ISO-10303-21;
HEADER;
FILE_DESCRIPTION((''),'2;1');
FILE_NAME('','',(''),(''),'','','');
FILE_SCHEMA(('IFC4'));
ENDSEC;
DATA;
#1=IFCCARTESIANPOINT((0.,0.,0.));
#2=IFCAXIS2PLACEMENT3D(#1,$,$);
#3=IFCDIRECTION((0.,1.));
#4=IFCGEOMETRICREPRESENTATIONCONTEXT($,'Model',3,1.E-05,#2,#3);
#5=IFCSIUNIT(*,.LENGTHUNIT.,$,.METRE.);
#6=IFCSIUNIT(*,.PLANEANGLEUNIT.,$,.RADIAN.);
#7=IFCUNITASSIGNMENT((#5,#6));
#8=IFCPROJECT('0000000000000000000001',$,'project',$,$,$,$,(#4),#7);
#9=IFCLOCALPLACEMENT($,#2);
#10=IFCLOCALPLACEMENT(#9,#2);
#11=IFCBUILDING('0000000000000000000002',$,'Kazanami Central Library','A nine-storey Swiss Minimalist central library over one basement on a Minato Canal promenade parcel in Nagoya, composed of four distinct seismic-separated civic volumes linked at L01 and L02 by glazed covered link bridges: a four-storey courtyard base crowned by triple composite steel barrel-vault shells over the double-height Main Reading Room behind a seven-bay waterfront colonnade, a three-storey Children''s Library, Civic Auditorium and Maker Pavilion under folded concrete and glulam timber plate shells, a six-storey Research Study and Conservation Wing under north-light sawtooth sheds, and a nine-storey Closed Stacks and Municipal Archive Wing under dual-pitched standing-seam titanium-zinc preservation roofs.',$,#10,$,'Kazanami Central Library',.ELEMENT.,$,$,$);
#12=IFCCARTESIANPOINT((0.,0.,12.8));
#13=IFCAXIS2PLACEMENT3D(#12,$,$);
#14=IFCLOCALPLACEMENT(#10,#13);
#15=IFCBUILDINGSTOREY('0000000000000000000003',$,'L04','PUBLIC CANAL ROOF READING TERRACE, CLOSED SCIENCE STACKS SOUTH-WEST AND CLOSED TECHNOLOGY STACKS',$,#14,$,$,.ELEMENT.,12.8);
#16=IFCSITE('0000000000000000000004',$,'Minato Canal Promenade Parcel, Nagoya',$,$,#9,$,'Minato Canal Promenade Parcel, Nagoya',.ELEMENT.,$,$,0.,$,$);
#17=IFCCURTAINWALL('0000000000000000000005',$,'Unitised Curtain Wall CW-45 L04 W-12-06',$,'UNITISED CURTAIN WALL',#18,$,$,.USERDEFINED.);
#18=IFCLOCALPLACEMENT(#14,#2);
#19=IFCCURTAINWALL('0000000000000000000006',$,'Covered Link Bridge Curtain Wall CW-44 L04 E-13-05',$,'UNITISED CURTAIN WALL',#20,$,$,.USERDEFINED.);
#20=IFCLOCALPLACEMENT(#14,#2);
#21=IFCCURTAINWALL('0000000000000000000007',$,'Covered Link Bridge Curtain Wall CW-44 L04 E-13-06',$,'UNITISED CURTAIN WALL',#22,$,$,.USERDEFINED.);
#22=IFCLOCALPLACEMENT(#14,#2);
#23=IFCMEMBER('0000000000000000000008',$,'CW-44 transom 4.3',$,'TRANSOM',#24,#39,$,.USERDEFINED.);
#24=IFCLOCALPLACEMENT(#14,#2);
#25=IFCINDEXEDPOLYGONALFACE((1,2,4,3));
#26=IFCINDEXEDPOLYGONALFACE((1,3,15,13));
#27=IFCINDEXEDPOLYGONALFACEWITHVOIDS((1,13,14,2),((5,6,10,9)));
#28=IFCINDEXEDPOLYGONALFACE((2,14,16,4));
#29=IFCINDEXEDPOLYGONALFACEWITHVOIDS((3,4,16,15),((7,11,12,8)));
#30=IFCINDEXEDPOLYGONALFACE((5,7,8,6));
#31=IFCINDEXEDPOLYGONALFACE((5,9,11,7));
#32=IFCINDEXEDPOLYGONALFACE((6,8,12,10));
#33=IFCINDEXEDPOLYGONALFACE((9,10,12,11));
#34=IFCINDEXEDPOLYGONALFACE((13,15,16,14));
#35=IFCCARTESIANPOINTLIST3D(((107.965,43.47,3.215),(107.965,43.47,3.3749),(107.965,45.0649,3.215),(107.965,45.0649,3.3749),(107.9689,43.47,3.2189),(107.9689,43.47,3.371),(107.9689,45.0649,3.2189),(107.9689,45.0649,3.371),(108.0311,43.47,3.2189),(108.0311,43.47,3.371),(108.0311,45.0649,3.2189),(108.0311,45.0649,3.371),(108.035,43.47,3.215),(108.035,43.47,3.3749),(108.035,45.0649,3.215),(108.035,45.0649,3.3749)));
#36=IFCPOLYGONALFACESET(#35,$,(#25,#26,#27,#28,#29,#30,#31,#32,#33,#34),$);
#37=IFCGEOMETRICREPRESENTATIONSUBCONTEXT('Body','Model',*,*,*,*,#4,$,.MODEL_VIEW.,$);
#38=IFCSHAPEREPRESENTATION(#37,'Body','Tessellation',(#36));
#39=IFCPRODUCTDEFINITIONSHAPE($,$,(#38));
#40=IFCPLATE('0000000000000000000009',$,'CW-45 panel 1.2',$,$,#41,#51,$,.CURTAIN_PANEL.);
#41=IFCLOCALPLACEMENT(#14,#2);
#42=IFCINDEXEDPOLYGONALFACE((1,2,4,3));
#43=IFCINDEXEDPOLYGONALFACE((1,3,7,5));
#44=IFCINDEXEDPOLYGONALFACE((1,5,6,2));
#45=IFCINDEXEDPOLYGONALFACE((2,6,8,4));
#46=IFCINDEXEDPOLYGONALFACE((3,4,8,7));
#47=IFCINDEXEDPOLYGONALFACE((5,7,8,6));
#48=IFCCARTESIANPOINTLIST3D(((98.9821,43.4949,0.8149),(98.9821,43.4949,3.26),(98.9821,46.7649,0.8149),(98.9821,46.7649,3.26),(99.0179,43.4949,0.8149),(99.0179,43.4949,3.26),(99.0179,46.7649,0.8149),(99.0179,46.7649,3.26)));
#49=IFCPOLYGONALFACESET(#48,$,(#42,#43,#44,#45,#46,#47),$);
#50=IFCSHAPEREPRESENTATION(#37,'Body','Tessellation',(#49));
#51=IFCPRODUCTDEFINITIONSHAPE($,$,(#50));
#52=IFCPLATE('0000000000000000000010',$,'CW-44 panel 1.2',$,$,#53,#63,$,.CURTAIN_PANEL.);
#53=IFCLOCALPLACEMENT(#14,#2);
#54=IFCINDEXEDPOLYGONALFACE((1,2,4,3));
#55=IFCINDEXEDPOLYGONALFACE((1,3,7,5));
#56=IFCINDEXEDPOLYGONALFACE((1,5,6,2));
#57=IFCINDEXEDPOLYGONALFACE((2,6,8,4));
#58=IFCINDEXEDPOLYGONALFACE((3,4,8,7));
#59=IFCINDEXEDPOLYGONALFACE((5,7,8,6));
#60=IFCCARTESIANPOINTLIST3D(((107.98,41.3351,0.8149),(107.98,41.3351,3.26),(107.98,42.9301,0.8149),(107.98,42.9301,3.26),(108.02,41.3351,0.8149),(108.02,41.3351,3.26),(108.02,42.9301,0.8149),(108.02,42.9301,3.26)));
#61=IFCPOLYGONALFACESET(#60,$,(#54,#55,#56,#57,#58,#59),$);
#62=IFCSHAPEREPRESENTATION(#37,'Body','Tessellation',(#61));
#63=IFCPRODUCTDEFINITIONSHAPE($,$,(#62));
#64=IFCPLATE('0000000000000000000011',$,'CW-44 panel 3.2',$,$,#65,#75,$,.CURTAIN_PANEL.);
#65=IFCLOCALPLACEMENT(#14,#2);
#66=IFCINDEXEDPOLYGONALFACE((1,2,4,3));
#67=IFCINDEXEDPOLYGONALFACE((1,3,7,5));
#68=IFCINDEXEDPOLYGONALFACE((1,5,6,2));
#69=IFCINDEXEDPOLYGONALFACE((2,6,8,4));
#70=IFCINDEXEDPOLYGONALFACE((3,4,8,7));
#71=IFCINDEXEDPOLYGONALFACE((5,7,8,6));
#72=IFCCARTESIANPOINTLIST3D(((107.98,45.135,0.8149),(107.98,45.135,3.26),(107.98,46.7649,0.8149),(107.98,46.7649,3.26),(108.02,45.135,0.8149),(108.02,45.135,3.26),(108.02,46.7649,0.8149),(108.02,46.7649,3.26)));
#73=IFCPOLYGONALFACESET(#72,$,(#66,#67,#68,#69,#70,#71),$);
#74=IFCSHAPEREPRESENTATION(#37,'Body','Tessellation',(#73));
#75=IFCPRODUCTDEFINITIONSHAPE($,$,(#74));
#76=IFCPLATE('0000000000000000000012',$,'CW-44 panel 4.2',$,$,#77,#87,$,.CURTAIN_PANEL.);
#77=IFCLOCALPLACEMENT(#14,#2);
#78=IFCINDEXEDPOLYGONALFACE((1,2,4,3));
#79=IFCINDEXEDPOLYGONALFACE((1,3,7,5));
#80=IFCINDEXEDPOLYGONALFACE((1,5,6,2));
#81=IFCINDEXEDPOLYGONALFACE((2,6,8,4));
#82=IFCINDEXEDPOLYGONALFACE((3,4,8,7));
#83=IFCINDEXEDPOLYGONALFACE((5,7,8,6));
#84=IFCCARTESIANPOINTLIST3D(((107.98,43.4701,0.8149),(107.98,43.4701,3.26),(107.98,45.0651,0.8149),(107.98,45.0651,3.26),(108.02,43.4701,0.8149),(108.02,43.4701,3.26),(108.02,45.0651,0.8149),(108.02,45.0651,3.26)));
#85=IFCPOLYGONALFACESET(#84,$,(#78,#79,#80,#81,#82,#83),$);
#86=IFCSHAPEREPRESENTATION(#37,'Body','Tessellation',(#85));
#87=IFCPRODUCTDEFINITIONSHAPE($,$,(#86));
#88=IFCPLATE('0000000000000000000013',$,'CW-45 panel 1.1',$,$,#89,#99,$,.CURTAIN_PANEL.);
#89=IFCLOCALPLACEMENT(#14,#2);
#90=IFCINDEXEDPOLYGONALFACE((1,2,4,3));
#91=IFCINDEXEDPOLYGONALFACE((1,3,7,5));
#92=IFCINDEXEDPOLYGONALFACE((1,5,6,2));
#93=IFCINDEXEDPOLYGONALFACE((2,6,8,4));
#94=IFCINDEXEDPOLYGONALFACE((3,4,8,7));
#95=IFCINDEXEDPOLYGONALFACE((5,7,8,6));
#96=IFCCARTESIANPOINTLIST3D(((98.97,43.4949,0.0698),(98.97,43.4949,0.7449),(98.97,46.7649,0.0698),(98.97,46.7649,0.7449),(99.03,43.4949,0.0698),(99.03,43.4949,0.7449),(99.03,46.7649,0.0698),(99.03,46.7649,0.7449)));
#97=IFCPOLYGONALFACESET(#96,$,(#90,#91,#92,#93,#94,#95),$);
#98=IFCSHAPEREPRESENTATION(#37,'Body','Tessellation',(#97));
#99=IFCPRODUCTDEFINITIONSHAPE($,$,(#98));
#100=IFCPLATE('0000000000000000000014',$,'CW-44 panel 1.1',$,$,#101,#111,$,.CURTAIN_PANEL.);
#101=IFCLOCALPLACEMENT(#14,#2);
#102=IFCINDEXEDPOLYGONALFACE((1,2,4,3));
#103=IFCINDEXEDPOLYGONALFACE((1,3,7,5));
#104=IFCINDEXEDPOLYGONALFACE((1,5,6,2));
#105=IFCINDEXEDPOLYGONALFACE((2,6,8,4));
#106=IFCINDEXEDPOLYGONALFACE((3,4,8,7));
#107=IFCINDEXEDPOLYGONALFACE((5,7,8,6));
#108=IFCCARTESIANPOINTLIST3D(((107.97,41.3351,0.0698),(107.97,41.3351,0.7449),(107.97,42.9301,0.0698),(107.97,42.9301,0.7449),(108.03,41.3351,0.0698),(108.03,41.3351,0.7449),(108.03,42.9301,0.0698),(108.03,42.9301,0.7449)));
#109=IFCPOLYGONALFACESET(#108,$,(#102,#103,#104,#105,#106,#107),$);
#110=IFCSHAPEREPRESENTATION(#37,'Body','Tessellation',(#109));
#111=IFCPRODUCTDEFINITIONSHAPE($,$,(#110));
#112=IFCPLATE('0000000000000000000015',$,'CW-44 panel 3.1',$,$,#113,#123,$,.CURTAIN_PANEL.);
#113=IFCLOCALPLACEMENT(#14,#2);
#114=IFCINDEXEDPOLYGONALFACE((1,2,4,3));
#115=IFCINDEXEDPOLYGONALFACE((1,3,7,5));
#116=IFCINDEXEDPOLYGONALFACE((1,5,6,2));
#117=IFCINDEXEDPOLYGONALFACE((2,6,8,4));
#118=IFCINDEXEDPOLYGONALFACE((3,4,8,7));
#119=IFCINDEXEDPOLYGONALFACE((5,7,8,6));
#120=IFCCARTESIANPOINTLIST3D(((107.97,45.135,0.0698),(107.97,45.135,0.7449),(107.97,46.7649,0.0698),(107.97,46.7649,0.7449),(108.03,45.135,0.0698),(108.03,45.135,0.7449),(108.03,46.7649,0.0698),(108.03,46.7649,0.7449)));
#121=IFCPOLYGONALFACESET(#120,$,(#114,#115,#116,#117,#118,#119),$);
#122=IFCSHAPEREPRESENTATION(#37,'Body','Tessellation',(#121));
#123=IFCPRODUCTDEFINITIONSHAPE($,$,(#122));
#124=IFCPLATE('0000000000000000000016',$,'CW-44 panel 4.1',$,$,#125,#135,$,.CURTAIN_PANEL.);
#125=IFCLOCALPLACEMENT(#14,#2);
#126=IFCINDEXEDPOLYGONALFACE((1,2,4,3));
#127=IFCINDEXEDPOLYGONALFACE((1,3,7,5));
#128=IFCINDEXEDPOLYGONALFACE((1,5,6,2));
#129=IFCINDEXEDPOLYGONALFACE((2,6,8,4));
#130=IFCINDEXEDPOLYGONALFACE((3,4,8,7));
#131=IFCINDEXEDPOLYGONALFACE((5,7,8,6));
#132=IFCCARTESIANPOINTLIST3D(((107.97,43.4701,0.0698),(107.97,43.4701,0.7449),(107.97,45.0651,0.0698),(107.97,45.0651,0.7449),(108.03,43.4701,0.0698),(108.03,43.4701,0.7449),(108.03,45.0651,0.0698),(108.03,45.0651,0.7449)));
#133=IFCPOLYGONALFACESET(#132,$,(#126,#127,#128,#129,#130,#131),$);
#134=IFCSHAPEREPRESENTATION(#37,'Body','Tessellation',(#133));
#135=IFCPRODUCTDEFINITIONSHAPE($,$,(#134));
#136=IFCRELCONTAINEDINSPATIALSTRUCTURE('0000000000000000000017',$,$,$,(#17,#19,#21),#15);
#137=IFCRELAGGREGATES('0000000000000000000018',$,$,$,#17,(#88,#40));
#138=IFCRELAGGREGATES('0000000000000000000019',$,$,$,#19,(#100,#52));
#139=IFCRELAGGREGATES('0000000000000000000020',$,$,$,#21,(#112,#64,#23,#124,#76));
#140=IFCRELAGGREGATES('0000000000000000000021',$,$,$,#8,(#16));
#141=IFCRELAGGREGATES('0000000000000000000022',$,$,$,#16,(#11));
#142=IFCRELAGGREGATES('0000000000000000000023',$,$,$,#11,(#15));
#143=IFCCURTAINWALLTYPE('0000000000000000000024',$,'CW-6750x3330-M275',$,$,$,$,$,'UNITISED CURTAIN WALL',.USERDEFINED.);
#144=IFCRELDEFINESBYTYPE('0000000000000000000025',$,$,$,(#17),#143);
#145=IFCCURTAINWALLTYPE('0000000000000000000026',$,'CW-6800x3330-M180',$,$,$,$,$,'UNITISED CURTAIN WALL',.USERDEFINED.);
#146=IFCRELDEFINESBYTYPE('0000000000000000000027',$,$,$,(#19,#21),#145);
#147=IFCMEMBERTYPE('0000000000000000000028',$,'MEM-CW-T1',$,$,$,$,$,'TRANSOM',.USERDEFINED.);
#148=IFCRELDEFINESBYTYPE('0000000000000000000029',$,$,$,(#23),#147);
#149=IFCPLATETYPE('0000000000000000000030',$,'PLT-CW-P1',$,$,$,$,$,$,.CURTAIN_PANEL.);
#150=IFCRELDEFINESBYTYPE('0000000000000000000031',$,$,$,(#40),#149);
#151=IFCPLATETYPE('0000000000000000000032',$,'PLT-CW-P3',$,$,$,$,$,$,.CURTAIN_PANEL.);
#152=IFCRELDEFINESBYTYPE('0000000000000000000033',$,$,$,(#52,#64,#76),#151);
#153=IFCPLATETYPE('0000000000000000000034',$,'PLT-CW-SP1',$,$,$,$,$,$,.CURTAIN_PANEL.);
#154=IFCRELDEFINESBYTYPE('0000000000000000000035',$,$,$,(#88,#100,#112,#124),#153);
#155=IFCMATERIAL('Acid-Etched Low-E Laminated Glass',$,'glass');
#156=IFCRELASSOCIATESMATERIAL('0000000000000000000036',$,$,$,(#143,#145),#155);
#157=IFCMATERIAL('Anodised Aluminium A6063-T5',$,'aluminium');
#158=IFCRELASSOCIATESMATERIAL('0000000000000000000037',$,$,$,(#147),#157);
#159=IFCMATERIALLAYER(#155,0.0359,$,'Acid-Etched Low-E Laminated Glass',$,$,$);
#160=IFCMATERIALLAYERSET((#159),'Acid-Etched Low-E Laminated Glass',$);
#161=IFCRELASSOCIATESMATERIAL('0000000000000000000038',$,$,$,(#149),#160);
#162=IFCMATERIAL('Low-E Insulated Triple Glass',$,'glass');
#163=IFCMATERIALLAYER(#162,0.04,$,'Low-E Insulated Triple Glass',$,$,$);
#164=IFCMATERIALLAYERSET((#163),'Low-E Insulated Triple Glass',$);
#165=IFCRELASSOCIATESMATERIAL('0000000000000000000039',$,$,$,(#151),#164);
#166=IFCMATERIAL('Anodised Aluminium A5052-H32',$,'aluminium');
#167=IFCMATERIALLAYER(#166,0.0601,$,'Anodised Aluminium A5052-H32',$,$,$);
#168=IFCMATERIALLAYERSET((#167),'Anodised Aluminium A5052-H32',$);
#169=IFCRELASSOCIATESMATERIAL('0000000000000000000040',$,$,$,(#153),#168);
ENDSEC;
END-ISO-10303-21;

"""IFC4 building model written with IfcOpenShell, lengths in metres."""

from ifc_helpers import new_model, si_unit, direction, frame, origin, origin_2d, place, context, subcontext, project, spatial, rectangle, hollow_rectangle, extrude, material, layer, layer_set, material_profile, profile_set, type_object, element, aggregate, save


model = new_model("IFC4")

# Units and contexts
model_context = context("Model", 3, precision=1e-05, world=origin(), true_north=direction((0.0, 1.0)))
body_context = subcontext(model_context, "Body", "Model", "MODEL_VIEW")
ifc_project = project(units=[si_unit("LENGTHUNIT", "METRE"), si_unit("PLANEANGLEUNIT", "RADIAN")], contexts=[model_context])

# Site, building, storey
site_placement = place(None, origin())
site = spatial("IfcSite", under=ifc_project, at=site_placement, Name="Minato Canal Promenade Parcel, Nagoya", LongName="Minato Canal Promenade Parcel, Nagoya", CompositionType="ELEMENT", RefElevation=0.0)
building_placement = place(site_placement, origin())
building = spatial("IfcBuilding", under=site, at=building_placement, Name="Kazanami Central Library", Description="A nine-storey Swiss Minimalist central library over one basement on a Minato Canal promenade parcel in Nagoya, composed of four distinct seismic-separated civic volumes linked at L01 and L02 by glazed covered link bridges: a four-storey courtyard base crowned by triple composite steel barrel-vault shells over the double-height Main Reading Room behind a seven-bay waterfront colonnade, a three-storey Children's Library, Civic Auditorium and Maker Pavilion under folded concrete and glulam timber plate shells, a six-storey Research Study and Conservation Wing under north-light sawtooth sheds, and a nine-storey Closed Stacks and Municipal Archive Wing under dual-pitched standing-seam titanium-zinc preservation roofs.", LongName="Kazanami Central Library", CompositionType="ELEMENT")
storey_placement = place(building_placement, frame((0.0, 0.0, 12.8)))
storey = spatial("IfcBuildingStorey", under=building, at=storey_placement, Name="L04", Description="PUBLIC CANAL ROOF READING TERRACE, CLOSED SCIENCE STACKS SOUTH-WEST AND CLOSED TECHNOLOGY STACKS", CompositionType="ELEMENT", Elevation=12.8)

# Curtain walls
ifc_material_1 = material(Name="Acid-Etched Low-E Laminated Glass", Category="glass")
curtain_wall_type_1 = type_object("IfcCurtainWallType", Name="CW-6750x3330-M275", ElementType="UNITISED CURTAIN WALL", PredefinedType="USERDEFINED", material=ifc_material_1)
curtain_wall_1_placement = place(storey_placement, origin())
curtain_wall_1 = element("IfcCurtainWall", 1, at=curtain_wall_1_placement, inside=storey, type_object=curtain_wall_type_1, Name="Unitised Curtain Wall CW-45 L04 W-12-06", ObjectType="UNITISED CURTAIN WALL", PredefinedType="USERDEFINED")
ifc_material_2 = material(Name="Anodised Aluminium A6063-T5", Category="aluminium")
curtain_wall_type_2 = type_object("IfcCurtainWallType", Name="CW-6800x3330-M180", ElementType="UNITISED CURTAIN WALL", PredefinedType="USERDEFINED", material=ifc_material_1)
curtain_wall_2_placement = place(storey_placement, origin())
curtain_wall_2 = element("IfcCurtainWall", 2, at=curtain_wall_2_placement, inside=storey, type_object=curtain_wall_type_2, Name="Covered Link Bridge Curtain Wall CW-44 L04 E-13-05", ObjectType="UNITISED CURTAIN WALL", PredefinedType="USERDEFINED")

# Curtain wall
curtain_wall_3_placement = place(storey_placement, origin())
curtain_wall_3 = element("IfcCurtainWall", 3, at=curtain_wall_3_placement, inside=storey, type_object=curtain_wall_type_2, Name="Covered Link Bridge Curtain Wall CW-44 L04 E-13-06", ObjectType="UNITISED CURTAIN WALL", PredefinedType="USERDEFINED")

# Member
ifc_material_profile_1 = material_profile(ifc_material_2, hollow_rectangle(XDim=0.0701, YDim=0.1599, WallThickness=0.0039, at=origin_2d()), Name="ALU-TRAN-70x160x4")
ifc_profile_set_1 = profile_set([ifc_material_profile_1], Name="Anodised Aluminium A6063-T5")
member_type_1 = type_object("IfcMemberType", Name="MEM-CW-T1", ElementType="TRANSOM", PredefinedType="USERDEFINED", material=ifc_profile_set_1)
member_1_placement = place(storey_placement, frame((108.0, 45.0649, 3.2949), z_axis=(0.0, -1.0, 0.0), x_axis=(1.0, 0.0, 0.0)))
member_1 = element("IfcMember", 4, at=member_1_placement, type_object=member_type_1, Name="CW-44 transom 4.3", ObjectType="TRANSOM", PredefinedType="USERDEFINED", context=body_context, shape_type="SweptSolid", body=[
    extrude(hollow_rectangle(XDim=0.0701, YDim=0.1599, WallThickness=0.0039, at=origin_2d()), origin(), (0.0, 0.0, 1.0), 1.595),
])

# Plates
ifc_layer_1 = layer(ifc_material_1, 0.0359, Name="Acid-Etched Low-E Laminated Glass")
ifc_layer_set_1 = layer_set([ifc_layer_1], Name="Acid-Etched Low-E Laminated Glass")
plate_type_1 = type_object("IfcPlateType", Name="PLT-CW-P1", PredefinedType="CURTAIN_PANEL", material=ifc_layer_set_1)
plate_1_placement = place(storey_placement, frame((99.0, 45.1299, 0.8149), z_axis=(0.0, 0.0, 1.0), x_axis=(0.0, 1.0, 0.0)))
plate_1 = element("IfcPlate", 5, at=plate_1_placement, type_object=plate_type_1, Name="CW-45 panel 1.2", PredefinedType="CURTAIN_PANEL", context=body_context, shape_type="SweptSolid", body=[
    extrude(rectangle(XDim=3.27, YDim=0.0359, at=origin_2d()), origin(), (0.0, 0.0, 1.0), 2.4451),
])
ifc_material_3 = material(Name="Low-E Insulated Triple Glass", Category="glass")
ifc_layer_2 = layer(ifc_material_3, 0.04, Name="Low-E Insulated Triple Glass")
ifc_layer_set_2 = layer_set([ifc_layer_2], Name="Low-E Insulated Triple Glass")
plate_type_2 = type_object("IfcPlateType", Name="PLT-CW-P3", PredefinedType="CURTAIN_PANEL", material=ifc_layer_set_2)
plate_2_placement = place(storey_placement, frame((108.0, 42.1326, 0.8149), z_axis=(0.0, 0.0, 1.0), x_axis=(0.0, -1.0, 0.0)))
plate_2 = element("IfcPlate", 6, at=plate_2_placement, type_object=plate_type_2, Name="CW-44 panel 1.2", PredefinedType="CURTAIN_PANEL", context=body_context, shape_type="SweptSolid", body=[
    extrude(rectangle(XDim=1.595, YDim=0.04, at=origin_2d()), origin(), (0.0, 0.0, 1.0), 2.4451),
])
plate_3_placement = place(storey_placement, frame((108.0, 45.95, 0.8149), z_axis=(0.0, 0.0, 1.0), x_axis=(0.0, -1.0, 0.0)))
plate_3 = element("IfcPlate", 7, at=plate_3_placement, type_object=plate_type_2, Name="CW-44 panel 3.2", PredefinedType="CURTAIN_PANEL", context=body_context, shape_type="SweptSolid", body=[
    extrude(rectangle(XDim=1.6299, YDim=0.04, at=origin_2d()), origin(), (0.0, 0.0, 1.0), 2.4451),
])
plate_4_placement = place(storey_placement, frame((108.0, 44.2676, 0.8149), z_axis=(0.0, 0.0, 1.0), x_axis=(0.0, -1.0, 0.0)))
plate_4 = element("IfcPlate", 8, at=plate_4_placement, type_object=plate_type_2, Name="CW-44 panel 4.2", PredefinedType="CURTAIN_PANEL", context=body_context, shape_type="SweptSolid", body=[
    extrude(rectangle(XDim=1.595, YDim=0.04, at=origin_2d()), origin(), (0.0, 0.0, 1.0), 2.4451),
])
ifc_material_4 = material(Name="Anodised Aluminium A5052-H32", Category="aluminium")
ifc_layer_3 = layer(ifc_material_4, 0.0601, Name="Anodised Aluminium A5052-H32")
ifc_layer_set_3 = layer_set([ifc_layer_3], Name="Anodised Aluminium A5052-H32")
plate_type_3 = type_object("IfcPlateType", Name="PLT-CW-SP1", PredefinedType="CURTAIN_PANEL", material=ifc_layer_set_3)
plate_5_placement = place(storey_placement, frame((99.0, 45.1299, 0.0698), z_axis=(0.0, 0.0, 1.0), x_axis=(0.0, 1.0, 0.0)))
plate_5 = element("IfcPlate", 9, at=plate_5_placement, type_object=plate_type_3, Name="CW-45 panel 1.1", PredefinedType="CURTAIN_PANEL", context=body_context, shape_type="SweptSolid", body=[
    extrude(rectangle(XDim=3.27, YDim=0.0601, at=origin_2d()), origin(), (0.0, 0.0, 1.0), 0.675),
])
aggregate(curtain_wall_1, [plate_5, plate_1])
plate_6_placement = place(storey_placement, frame((108.0, 42.1326, 0.0698), z_axis=(0.0, 0.0, 1.0), x_axis=(0.0, -1.0, 0.0)))
plate_6 = element("IfcPlate", 10, at=plate_6_placement, type_object=plate_type_3, Name="CW-44 panel 1.1", PredefinedType="CURTAIN_PANEL", context=body_context, shape_type="SweptSolid", body=[
    extrude(rectangle(XDim=1.595, YDim=0.0601, at=origin_2d()), origin(), (0.0, 0.0, 1.0), 0.675),
])
aggregate(curtain_wall_2, [plate_6, plate_2])
plate_7_placement = place(storey_placement, frame((108.0, 45.95, 0.0698), z_axis=(0.0, 0.0, 1.0), x_axis=(0.0, -1.0, 0.0)))
plate_7 = element("IfcPlate", 11, at=plate_7_placement, type_object=plate_type_3, Name="CW-44 panel 3.1", PredefinedType="CURTAIN_PANEL", context=body_context, shape_type="SweptSolid", body=[
    extrude(rectangle(XDim=1.6299, YDim=0.0601, at=origin_2d()), origin(), (0.0, 0.0, 1.0), 0.675),
])
plate_8_placement = place(storey_placement, frame((108.0, 44.2676, 0.0698), z_axis=(0.0, 0.0, 1.0), x_axis=(0.0, -1.0, 0.0)))
plate_8 = element("IfcPlate", 12, at=plate_8_placement, type_object=plate_type_3, Name="CW-44 panel 4.1", PredefinedType="CURTAIN_PANEL", context=body_context, shape_type="SweptSolid", body=[
    extrude(rectangle(XDim=1.595, YDim=0.0601, at=origin_2d()), origin(), (0.0, 0.0, 1.0), 0.675),
])
aggregate(curtain_wall_3, [plate_7, plate_3, member_1, plate_8, plate_4])

save(model, "model.ifc")
